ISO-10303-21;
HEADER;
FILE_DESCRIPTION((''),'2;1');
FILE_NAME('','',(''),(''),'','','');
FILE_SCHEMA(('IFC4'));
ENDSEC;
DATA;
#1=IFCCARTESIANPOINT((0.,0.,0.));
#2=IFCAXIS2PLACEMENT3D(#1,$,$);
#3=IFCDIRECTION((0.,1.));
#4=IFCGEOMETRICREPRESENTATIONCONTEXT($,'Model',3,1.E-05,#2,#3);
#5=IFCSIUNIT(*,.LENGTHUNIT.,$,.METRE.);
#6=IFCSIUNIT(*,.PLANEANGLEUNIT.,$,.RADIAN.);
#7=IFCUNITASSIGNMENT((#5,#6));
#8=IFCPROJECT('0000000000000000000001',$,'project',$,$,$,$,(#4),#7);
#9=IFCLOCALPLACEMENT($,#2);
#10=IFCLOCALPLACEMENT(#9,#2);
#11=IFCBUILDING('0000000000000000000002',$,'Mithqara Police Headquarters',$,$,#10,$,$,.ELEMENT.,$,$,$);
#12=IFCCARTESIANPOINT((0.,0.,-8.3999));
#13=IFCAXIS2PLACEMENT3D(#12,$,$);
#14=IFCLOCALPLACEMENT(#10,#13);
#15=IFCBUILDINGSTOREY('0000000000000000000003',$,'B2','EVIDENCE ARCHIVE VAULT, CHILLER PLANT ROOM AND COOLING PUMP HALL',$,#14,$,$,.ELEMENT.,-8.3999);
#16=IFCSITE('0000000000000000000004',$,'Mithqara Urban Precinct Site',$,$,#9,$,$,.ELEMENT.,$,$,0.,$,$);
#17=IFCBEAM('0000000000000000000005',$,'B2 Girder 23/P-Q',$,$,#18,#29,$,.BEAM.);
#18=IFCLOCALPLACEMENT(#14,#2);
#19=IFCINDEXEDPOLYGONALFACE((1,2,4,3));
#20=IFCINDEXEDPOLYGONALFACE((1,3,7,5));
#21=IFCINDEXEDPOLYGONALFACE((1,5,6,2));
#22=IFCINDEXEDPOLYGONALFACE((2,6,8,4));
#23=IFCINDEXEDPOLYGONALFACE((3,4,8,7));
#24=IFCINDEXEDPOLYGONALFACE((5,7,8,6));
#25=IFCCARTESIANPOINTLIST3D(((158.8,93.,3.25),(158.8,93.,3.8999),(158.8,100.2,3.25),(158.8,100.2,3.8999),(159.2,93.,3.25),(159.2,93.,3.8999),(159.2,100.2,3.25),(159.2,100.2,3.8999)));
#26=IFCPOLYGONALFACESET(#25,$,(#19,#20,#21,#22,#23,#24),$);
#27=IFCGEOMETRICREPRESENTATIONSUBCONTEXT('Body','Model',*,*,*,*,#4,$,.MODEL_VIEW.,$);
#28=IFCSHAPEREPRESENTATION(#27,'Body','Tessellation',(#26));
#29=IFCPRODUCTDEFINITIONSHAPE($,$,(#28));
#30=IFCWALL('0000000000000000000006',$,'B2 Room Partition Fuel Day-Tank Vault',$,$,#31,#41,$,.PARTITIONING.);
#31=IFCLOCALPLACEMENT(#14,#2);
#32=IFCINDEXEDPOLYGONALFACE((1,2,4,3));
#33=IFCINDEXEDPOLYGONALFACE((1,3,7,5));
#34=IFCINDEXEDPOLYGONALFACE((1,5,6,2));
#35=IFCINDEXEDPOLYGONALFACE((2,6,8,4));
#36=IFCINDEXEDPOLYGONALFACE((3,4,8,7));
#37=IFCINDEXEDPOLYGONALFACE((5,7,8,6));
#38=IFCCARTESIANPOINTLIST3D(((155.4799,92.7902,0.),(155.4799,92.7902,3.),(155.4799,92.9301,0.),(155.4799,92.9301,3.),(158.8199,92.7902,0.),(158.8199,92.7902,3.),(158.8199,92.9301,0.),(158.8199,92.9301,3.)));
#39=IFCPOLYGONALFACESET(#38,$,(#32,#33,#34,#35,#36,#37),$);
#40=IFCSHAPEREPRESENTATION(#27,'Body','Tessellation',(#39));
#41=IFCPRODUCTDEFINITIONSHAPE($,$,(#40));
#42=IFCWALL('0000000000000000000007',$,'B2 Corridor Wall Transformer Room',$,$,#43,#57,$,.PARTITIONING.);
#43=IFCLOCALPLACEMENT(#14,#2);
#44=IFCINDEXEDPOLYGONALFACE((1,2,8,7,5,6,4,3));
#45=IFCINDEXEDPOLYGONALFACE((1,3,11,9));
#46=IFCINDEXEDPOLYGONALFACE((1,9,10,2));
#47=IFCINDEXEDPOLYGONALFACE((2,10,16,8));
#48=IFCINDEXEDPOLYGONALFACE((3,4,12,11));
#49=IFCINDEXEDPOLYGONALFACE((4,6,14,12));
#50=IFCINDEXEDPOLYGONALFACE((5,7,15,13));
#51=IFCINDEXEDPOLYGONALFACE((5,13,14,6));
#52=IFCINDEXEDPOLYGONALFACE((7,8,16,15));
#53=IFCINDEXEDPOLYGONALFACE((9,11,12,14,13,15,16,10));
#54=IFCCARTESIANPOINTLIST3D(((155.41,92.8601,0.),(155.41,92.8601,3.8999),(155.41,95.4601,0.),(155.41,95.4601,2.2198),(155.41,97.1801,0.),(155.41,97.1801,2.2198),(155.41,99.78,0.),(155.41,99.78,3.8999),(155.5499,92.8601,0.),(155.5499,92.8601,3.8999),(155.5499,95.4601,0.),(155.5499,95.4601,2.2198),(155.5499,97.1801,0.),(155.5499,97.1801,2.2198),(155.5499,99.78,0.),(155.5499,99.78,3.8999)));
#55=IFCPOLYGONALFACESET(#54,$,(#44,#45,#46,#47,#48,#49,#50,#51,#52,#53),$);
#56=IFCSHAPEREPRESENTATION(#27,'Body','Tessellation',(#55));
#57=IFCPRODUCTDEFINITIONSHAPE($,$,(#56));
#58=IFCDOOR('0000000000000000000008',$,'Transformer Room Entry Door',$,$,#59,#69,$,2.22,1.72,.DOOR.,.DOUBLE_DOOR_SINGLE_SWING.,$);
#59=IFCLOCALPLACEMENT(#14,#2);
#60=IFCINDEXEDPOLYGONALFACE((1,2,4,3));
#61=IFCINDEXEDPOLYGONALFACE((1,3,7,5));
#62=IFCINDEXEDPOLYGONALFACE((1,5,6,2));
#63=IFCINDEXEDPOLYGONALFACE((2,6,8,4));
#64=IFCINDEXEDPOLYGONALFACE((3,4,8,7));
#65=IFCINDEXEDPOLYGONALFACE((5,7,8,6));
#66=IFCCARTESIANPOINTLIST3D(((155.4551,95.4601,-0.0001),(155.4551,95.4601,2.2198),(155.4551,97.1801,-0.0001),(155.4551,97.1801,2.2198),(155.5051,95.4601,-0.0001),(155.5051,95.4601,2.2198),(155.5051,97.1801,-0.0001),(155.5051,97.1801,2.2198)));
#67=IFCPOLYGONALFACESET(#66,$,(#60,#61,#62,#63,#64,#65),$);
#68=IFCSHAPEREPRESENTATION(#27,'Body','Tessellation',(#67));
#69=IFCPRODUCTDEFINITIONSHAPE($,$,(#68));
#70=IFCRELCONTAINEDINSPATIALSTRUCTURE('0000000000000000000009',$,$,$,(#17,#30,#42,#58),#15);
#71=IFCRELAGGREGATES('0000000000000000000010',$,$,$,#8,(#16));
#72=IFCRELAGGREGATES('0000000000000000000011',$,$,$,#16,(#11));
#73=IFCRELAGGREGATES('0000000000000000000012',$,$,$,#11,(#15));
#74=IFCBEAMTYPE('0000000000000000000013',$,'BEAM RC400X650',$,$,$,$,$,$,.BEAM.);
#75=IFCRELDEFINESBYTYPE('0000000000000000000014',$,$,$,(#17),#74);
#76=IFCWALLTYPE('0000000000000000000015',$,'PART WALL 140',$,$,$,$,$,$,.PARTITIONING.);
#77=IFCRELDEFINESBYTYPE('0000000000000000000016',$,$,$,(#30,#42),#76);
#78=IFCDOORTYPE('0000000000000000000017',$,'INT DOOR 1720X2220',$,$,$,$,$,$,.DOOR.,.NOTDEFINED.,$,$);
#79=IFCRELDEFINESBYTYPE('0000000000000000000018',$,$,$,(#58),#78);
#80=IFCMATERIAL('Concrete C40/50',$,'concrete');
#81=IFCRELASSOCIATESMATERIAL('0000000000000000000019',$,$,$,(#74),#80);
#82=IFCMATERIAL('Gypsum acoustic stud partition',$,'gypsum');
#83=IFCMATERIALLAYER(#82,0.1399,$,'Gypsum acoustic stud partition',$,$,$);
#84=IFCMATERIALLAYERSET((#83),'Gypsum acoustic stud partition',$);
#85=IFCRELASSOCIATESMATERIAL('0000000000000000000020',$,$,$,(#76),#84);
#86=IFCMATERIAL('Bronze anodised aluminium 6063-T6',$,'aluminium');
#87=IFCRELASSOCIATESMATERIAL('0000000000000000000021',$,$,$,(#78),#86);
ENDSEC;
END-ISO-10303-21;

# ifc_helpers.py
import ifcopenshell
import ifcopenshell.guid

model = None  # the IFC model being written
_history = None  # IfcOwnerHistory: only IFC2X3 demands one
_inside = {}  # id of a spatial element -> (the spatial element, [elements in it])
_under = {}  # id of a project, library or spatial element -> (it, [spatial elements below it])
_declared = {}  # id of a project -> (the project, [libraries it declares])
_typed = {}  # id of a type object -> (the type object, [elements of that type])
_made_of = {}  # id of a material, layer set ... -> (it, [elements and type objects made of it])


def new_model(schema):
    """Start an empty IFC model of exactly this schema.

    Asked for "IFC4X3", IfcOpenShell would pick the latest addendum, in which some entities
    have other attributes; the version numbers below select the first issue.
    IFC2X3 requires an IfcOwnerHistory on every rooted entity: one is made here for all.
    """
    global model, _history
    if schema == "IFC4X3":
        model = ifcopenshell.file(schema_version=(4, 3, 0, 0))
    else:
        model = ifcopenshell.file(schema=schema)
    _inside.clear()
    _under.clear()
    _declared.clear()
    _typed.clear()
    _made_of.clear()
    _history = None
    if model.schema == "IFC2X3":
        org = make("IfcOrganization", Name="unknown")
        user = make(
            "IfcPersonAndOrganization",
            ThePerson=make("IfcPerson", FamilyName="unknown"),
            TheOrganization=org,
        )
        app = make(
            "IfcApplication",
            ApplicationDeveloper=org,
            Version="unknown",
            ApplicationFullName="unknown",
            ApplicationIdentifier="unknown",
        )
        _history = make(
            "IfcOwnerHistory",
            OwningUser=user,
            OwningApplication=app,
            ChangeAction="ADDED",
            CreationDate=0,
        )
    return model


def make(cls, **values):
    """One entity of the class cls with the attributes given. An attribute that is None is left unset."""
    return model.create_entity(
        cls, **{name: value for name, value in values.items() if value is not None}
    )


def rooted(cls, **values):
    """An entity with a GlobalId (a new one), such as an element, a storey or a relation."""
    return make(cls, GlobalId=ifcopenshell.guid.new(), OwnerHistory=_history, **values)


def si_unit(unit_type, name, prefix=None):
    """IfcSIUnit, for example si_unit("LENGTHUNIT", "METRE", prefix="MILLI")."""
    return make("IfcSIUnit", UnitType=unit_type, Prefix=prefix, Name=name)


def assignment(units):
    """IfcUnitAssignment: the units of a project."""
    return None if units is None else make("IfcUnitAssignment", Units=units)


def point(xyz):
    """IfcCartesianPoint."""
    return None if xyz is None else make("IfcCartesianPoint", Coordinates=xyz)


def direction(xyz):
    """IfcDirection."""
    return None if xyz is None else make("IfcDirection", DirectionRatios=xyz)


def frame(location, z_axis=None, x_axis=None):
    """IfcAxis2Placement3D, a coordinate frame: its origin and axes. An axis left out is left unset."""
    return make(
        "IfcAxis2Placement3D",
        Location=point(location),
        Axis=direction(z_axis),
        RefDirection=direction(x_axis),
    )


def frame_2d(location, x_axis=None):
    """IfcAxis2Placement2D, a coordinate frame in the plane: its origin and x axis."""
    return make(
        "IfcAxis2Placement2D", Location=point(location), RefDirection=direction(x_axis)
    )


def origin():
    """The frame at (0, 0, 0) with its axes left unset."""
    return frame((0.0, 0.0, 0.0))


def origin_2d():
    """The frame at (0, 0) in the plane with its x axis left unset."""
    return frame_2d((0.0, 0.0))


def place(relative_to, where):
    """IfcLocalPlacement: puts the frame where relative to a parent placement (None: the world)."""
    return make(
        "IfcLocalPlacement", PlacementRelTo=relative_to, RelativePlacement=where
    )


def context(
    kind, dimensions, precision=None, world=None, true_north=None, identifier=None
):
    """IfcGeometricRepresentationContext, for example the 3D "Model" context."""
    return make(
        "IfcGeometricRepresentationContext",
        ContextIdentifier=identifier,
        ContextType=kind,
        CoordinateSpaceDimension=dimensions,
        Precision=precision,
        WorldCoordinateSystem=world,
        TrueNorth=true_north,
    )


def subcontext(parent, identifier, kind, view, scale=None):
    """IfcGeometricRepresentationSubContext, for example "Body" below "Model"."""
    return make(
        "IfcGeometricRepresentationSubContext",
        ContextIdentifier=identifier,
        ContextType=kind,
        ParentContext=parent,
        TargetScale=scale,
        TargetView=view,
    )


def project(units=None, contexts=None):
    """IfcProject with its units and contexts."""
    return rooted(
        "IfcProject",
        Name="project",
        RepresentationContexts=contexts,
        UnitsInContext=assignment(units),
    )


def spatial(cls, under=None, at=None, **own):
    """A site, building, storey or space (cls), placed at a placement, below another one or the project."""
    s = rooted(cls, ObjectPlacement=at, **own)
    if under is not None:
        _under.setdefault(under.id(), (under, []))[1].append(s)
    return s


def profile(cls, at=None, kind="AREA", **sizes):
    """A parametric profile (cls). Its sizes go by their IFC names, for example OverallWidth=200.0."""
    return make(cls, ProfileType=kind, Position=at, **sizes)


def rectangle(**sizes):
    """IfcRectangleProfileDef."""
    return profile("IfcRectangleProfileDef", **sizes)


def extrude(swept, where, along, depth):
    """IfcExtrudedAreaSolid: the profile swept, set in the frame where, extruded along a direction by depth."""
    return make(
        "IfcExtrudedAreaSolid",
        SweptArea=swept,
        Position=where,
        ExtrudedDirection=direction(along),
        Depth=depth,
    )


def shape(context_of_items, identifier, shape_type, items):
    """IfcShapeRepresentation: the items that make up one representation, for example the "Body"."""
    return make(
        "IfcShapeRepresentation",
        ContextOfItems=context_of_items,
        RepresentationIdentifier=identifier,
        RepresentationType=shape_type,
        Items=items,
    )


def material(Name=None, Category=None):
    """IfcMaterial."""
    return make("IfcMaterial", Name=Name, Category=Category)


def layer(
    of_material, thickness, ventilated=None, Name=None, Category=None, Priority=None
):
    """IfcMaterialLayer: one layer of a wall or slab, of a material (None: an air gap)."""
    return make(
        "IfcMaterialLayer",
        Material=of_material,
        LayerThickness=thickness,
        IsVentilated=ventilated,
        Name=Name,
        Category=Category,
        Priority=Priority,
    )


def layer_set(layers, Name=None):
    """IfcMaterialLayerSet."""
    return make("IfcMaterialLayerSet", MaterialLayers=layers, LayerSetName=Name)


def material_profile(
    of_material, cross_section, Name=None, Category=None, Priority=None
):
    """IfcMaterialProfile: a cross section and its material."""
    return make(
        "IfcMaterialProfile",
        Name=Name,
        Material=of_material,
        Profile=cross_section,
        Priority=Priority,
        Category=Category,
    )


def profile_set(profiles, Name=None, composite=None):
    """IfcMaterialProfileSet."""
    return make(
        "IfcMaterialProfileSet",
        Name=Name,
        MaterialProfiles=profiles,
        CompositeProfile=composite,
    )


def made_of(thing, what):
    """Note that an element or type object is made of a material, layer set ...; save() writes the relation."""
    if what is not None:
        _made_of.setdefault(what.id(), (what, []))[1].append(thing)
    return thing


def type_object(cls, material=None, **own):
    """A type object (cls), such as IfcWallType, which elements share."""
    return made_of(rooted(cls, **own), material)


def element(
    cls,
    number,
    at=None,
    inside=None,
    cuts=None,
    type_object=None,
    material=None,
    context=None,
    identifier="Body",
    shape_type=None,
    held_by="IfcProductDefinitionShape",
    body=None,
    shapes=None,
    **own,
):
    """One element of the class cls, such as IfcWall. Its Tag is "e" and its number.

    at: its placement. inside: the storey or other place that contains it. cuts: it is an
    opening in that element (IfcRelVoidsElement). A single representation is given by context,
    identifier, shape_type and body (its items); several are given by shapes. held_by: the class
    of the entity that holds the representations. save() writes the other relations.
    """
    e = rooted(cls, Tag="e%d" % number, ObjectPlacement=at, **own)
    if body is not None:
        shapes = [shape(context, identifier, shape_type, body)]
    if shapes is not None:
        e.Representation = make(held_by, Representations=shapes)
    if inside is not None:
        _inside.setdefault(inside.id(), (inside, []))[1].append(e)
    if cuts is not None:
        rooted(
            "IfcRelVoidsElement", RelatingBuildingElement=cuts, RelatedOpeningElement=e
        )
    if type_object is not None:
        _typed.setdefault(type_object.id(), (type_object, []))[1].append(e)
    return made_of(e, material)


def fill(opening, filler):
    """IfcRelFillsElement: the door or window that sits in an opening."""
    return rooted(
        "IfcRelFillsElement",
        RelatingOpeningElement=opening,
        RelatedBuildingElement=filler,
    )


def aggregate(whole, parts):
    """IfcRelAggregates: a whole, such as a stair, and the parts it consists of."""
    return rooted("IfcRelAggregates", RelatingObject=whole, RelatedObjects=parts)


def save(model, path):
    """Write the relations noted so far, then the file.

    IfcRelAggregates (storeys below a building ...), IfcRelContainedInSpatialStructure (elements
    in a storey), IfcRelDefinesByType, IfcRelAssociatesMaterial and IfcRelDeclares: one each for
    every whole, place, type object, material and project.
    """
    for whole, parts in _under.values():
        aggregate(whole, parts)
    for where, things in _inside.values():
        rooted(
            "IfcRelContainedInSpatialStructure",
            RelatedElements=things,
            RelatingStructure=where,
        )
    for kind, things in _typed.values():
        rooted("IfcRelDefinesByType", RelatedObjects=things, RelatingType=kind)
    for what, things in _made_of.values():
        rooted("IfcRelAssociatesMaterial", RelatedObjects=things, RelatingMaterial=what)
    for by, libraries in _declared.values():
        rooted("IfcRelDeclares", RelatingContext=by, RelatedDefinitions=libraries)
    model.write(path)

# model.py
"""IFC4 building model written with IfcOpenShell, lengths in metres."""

from ifc_helpers import new_model, si_unit, direction, frame, frame_2d, origin, origin_2d, place, context, subcontext, project, spatial, rectangle, extrude, material, layer, layer_set, material_profile, profile_set, type_object, element, fill, save


model = new_model("IFC4")

# Units and contexts
model_context = context("Model", 3, precision=1e-05, world=origin(), true_north=direction((0.0, 1.0)))
body_context = subcontext(model_context, "Body", "Model", "MODEL_VIEW")
ifc_project = project(units=[si_unit("LENGTHUNIT", "METRE"), si_unit("PLANEANGLEUNIT", "RADIAN")], contexts=[model_context])

# Site, building, storey
site_placement = place(None, origin())
site = spatial("IfcSite", under=ifc_project, at=site_placement, Name="Mithqara Urban Precinct Site", CompositionType="ELEMENT", RefElevation=0.0)
building_placement = place(site_placement, origin())
building = spatial("IfcBuilding", under=site, at=building_placement, Name="Mithqara Police Headquarters", CompositionType="ELEMENT")
storey_placement = place(building_placement, frame((0.0, 0.0, -8.3999)))
storey = spatial("IfcBuildingStorey", under=building, at=storey_placement, Name="B2", Description="EVIDENCE ARCHIVE VAULT, CHILLER PLANT ROOM AND COOLING PUMP HALL", CompositionType="ELEMENT", Elevation=-8.3999)

# Shared definitions
ifc_material_1 = material(Name="Concrete C40/50", Category="concrete")

# Beam
ifc_material_profile_1 = material_profile(ifc_material_1, rectangle(XDim=0.3999, YDim=0.6499, at=origin_2d()), Name="RC 400x650")
ifc_profile_set_1 = profile_set([ifc_material_profile_1], Name="Concrete C40/50")
beam_type_1 = type_object("IfcBeamType", Name="BEAM RC400X650", PredefinedType="BEAM", material=ifc_profile_set_1)
beam_placement = place(storey_placement, frame((159.0, 93.0, 3.575), z_axis=(0.0, 1.0, 0.0), x_axis=(-1.0, 0.0, 0.0)))
element("IfcBeam", 1, at=beam_placement, inside=storey, type_object=beam_type_1, Name="B2 Girder 23/P-Q", PredefinedType="BEAM", context=body_context, shape_type="SweptSolid", body=[
    extrude(rectangle(XDim=0.3999, YDim=0.6499, at=origin_2d()), origin(), (0.0, 0.0, 1.0), 7.2),
])

# Wall
ifc_material_2 = material(Name="Gypsum acoustic stud partition", Category="gypsum")
ifc_layer = layer(ifc_material_2, 0.1399, Name="Gypsum acoustic stud partition")
ifc_layer_set = layer_set([ifc_layer], Name="Gypsum acoustic stud partition")
wall_type = type_object("IfcWallType", Name="PART WALL 140", PredefinedType="PARTITIONING", material=ifc_layer_set)
wall_1_placement = place(storey_placement, frame((155.48, 92.8601, 0.0), z_axis=(0.0, 0.0, 1.0), x_axis=(1.0, 0.0, 0.0)))
element("IfcWall", 2, at=wall_1_placement, inside=storey, type_object=wall_type, Name="B2 Room Partition Fuel Day-Tank Vault", PredefinedType="PARTITIONING", context=body_context, shape_type="SweptSolid", body=[
    extrude(rectangle(XDim=3.3401, YDim=0.1399, at=frame_2d((1.6699, 0.0))), origin(), (0.0, 0.0, 1.0), 3.0),
])

# Wall, opening, door
wall_2_placement = place(storey_placement, frame((155.48, 92.8601, 0.0), z_axis=(0.0, 0.0, 1.0), x_axis=(0.0, 1.0, 0.0)))
wall_2 = element("IfcWall", 3, at=wall_2_placement, inside=storey, type_object=wall_type, Name="B2 Corridor Wall Transformer Room", PredefinedType="PARTITIONING", context=body_context, shape_type="SweptSolid", body=[
    extrude(rectangle(XDim=6.9199, YDim=0.1399, at=frame_2d((3.46, 0.0))), origin(), (0.0, 0.0, 1.0), 3.8999),
])
opening_placement = place(wall_2_placement, frame((2.6001, 0.0, 0.0)))
opening = element("IfcOpeningElement", 4, at=opening_placement, cuts=wall_2, PredefinedType="OPENING", context=body_context, shape_type="SweptSolid", body=[
    extrude(rectangle(XDim=1.72, YDim=2.22, at=frame_2d((0.8599, 1.1099))), frame((0.0, 0.0801, 0.0), z_axis=(0.0, -1.0, 0.0), x_axis=(1.0, 0.0, 0.0)), (0.0, 0.0, 1.0), 0.1599),
])
ifc_material_3 = material(Name="Bronze anodised aluminium 6063-T6", Category="aluminium")
door_type = type_object("IfcDoorType", Name="INT DOOR 1720X2220", OperationType="NOTDEFINED", PredefinedType="DOOR", material=ifc_material_3)
door_placement = place(opening_placement, origin())
door = element("IfcDoor", 5, at=door_placement, inside=storey, type_object=door_type, Name="Transformer Room Entry Door", OperationType="DOUBLE_DOOR_SINGLE_SWING", OverallHeight=2.22, OverallWidth=1.72, PredefinedType="DOOR", context=body_context, shape_type="SweptSolid", body=[
    extrude(rectangle(XDim=1.72, YDim=2.22, at=frame_2d((0.8599, 1.1099))), frame((0.0, 0.0249, 0.0), z_axis=(0.0, -1.0, 0.0), x_axis=(1.0, 0.0, 0.0)), (0.0, 0.0, 1.0), 0.05),
])
fill(opening, door)

save(model, "model.ifc")
